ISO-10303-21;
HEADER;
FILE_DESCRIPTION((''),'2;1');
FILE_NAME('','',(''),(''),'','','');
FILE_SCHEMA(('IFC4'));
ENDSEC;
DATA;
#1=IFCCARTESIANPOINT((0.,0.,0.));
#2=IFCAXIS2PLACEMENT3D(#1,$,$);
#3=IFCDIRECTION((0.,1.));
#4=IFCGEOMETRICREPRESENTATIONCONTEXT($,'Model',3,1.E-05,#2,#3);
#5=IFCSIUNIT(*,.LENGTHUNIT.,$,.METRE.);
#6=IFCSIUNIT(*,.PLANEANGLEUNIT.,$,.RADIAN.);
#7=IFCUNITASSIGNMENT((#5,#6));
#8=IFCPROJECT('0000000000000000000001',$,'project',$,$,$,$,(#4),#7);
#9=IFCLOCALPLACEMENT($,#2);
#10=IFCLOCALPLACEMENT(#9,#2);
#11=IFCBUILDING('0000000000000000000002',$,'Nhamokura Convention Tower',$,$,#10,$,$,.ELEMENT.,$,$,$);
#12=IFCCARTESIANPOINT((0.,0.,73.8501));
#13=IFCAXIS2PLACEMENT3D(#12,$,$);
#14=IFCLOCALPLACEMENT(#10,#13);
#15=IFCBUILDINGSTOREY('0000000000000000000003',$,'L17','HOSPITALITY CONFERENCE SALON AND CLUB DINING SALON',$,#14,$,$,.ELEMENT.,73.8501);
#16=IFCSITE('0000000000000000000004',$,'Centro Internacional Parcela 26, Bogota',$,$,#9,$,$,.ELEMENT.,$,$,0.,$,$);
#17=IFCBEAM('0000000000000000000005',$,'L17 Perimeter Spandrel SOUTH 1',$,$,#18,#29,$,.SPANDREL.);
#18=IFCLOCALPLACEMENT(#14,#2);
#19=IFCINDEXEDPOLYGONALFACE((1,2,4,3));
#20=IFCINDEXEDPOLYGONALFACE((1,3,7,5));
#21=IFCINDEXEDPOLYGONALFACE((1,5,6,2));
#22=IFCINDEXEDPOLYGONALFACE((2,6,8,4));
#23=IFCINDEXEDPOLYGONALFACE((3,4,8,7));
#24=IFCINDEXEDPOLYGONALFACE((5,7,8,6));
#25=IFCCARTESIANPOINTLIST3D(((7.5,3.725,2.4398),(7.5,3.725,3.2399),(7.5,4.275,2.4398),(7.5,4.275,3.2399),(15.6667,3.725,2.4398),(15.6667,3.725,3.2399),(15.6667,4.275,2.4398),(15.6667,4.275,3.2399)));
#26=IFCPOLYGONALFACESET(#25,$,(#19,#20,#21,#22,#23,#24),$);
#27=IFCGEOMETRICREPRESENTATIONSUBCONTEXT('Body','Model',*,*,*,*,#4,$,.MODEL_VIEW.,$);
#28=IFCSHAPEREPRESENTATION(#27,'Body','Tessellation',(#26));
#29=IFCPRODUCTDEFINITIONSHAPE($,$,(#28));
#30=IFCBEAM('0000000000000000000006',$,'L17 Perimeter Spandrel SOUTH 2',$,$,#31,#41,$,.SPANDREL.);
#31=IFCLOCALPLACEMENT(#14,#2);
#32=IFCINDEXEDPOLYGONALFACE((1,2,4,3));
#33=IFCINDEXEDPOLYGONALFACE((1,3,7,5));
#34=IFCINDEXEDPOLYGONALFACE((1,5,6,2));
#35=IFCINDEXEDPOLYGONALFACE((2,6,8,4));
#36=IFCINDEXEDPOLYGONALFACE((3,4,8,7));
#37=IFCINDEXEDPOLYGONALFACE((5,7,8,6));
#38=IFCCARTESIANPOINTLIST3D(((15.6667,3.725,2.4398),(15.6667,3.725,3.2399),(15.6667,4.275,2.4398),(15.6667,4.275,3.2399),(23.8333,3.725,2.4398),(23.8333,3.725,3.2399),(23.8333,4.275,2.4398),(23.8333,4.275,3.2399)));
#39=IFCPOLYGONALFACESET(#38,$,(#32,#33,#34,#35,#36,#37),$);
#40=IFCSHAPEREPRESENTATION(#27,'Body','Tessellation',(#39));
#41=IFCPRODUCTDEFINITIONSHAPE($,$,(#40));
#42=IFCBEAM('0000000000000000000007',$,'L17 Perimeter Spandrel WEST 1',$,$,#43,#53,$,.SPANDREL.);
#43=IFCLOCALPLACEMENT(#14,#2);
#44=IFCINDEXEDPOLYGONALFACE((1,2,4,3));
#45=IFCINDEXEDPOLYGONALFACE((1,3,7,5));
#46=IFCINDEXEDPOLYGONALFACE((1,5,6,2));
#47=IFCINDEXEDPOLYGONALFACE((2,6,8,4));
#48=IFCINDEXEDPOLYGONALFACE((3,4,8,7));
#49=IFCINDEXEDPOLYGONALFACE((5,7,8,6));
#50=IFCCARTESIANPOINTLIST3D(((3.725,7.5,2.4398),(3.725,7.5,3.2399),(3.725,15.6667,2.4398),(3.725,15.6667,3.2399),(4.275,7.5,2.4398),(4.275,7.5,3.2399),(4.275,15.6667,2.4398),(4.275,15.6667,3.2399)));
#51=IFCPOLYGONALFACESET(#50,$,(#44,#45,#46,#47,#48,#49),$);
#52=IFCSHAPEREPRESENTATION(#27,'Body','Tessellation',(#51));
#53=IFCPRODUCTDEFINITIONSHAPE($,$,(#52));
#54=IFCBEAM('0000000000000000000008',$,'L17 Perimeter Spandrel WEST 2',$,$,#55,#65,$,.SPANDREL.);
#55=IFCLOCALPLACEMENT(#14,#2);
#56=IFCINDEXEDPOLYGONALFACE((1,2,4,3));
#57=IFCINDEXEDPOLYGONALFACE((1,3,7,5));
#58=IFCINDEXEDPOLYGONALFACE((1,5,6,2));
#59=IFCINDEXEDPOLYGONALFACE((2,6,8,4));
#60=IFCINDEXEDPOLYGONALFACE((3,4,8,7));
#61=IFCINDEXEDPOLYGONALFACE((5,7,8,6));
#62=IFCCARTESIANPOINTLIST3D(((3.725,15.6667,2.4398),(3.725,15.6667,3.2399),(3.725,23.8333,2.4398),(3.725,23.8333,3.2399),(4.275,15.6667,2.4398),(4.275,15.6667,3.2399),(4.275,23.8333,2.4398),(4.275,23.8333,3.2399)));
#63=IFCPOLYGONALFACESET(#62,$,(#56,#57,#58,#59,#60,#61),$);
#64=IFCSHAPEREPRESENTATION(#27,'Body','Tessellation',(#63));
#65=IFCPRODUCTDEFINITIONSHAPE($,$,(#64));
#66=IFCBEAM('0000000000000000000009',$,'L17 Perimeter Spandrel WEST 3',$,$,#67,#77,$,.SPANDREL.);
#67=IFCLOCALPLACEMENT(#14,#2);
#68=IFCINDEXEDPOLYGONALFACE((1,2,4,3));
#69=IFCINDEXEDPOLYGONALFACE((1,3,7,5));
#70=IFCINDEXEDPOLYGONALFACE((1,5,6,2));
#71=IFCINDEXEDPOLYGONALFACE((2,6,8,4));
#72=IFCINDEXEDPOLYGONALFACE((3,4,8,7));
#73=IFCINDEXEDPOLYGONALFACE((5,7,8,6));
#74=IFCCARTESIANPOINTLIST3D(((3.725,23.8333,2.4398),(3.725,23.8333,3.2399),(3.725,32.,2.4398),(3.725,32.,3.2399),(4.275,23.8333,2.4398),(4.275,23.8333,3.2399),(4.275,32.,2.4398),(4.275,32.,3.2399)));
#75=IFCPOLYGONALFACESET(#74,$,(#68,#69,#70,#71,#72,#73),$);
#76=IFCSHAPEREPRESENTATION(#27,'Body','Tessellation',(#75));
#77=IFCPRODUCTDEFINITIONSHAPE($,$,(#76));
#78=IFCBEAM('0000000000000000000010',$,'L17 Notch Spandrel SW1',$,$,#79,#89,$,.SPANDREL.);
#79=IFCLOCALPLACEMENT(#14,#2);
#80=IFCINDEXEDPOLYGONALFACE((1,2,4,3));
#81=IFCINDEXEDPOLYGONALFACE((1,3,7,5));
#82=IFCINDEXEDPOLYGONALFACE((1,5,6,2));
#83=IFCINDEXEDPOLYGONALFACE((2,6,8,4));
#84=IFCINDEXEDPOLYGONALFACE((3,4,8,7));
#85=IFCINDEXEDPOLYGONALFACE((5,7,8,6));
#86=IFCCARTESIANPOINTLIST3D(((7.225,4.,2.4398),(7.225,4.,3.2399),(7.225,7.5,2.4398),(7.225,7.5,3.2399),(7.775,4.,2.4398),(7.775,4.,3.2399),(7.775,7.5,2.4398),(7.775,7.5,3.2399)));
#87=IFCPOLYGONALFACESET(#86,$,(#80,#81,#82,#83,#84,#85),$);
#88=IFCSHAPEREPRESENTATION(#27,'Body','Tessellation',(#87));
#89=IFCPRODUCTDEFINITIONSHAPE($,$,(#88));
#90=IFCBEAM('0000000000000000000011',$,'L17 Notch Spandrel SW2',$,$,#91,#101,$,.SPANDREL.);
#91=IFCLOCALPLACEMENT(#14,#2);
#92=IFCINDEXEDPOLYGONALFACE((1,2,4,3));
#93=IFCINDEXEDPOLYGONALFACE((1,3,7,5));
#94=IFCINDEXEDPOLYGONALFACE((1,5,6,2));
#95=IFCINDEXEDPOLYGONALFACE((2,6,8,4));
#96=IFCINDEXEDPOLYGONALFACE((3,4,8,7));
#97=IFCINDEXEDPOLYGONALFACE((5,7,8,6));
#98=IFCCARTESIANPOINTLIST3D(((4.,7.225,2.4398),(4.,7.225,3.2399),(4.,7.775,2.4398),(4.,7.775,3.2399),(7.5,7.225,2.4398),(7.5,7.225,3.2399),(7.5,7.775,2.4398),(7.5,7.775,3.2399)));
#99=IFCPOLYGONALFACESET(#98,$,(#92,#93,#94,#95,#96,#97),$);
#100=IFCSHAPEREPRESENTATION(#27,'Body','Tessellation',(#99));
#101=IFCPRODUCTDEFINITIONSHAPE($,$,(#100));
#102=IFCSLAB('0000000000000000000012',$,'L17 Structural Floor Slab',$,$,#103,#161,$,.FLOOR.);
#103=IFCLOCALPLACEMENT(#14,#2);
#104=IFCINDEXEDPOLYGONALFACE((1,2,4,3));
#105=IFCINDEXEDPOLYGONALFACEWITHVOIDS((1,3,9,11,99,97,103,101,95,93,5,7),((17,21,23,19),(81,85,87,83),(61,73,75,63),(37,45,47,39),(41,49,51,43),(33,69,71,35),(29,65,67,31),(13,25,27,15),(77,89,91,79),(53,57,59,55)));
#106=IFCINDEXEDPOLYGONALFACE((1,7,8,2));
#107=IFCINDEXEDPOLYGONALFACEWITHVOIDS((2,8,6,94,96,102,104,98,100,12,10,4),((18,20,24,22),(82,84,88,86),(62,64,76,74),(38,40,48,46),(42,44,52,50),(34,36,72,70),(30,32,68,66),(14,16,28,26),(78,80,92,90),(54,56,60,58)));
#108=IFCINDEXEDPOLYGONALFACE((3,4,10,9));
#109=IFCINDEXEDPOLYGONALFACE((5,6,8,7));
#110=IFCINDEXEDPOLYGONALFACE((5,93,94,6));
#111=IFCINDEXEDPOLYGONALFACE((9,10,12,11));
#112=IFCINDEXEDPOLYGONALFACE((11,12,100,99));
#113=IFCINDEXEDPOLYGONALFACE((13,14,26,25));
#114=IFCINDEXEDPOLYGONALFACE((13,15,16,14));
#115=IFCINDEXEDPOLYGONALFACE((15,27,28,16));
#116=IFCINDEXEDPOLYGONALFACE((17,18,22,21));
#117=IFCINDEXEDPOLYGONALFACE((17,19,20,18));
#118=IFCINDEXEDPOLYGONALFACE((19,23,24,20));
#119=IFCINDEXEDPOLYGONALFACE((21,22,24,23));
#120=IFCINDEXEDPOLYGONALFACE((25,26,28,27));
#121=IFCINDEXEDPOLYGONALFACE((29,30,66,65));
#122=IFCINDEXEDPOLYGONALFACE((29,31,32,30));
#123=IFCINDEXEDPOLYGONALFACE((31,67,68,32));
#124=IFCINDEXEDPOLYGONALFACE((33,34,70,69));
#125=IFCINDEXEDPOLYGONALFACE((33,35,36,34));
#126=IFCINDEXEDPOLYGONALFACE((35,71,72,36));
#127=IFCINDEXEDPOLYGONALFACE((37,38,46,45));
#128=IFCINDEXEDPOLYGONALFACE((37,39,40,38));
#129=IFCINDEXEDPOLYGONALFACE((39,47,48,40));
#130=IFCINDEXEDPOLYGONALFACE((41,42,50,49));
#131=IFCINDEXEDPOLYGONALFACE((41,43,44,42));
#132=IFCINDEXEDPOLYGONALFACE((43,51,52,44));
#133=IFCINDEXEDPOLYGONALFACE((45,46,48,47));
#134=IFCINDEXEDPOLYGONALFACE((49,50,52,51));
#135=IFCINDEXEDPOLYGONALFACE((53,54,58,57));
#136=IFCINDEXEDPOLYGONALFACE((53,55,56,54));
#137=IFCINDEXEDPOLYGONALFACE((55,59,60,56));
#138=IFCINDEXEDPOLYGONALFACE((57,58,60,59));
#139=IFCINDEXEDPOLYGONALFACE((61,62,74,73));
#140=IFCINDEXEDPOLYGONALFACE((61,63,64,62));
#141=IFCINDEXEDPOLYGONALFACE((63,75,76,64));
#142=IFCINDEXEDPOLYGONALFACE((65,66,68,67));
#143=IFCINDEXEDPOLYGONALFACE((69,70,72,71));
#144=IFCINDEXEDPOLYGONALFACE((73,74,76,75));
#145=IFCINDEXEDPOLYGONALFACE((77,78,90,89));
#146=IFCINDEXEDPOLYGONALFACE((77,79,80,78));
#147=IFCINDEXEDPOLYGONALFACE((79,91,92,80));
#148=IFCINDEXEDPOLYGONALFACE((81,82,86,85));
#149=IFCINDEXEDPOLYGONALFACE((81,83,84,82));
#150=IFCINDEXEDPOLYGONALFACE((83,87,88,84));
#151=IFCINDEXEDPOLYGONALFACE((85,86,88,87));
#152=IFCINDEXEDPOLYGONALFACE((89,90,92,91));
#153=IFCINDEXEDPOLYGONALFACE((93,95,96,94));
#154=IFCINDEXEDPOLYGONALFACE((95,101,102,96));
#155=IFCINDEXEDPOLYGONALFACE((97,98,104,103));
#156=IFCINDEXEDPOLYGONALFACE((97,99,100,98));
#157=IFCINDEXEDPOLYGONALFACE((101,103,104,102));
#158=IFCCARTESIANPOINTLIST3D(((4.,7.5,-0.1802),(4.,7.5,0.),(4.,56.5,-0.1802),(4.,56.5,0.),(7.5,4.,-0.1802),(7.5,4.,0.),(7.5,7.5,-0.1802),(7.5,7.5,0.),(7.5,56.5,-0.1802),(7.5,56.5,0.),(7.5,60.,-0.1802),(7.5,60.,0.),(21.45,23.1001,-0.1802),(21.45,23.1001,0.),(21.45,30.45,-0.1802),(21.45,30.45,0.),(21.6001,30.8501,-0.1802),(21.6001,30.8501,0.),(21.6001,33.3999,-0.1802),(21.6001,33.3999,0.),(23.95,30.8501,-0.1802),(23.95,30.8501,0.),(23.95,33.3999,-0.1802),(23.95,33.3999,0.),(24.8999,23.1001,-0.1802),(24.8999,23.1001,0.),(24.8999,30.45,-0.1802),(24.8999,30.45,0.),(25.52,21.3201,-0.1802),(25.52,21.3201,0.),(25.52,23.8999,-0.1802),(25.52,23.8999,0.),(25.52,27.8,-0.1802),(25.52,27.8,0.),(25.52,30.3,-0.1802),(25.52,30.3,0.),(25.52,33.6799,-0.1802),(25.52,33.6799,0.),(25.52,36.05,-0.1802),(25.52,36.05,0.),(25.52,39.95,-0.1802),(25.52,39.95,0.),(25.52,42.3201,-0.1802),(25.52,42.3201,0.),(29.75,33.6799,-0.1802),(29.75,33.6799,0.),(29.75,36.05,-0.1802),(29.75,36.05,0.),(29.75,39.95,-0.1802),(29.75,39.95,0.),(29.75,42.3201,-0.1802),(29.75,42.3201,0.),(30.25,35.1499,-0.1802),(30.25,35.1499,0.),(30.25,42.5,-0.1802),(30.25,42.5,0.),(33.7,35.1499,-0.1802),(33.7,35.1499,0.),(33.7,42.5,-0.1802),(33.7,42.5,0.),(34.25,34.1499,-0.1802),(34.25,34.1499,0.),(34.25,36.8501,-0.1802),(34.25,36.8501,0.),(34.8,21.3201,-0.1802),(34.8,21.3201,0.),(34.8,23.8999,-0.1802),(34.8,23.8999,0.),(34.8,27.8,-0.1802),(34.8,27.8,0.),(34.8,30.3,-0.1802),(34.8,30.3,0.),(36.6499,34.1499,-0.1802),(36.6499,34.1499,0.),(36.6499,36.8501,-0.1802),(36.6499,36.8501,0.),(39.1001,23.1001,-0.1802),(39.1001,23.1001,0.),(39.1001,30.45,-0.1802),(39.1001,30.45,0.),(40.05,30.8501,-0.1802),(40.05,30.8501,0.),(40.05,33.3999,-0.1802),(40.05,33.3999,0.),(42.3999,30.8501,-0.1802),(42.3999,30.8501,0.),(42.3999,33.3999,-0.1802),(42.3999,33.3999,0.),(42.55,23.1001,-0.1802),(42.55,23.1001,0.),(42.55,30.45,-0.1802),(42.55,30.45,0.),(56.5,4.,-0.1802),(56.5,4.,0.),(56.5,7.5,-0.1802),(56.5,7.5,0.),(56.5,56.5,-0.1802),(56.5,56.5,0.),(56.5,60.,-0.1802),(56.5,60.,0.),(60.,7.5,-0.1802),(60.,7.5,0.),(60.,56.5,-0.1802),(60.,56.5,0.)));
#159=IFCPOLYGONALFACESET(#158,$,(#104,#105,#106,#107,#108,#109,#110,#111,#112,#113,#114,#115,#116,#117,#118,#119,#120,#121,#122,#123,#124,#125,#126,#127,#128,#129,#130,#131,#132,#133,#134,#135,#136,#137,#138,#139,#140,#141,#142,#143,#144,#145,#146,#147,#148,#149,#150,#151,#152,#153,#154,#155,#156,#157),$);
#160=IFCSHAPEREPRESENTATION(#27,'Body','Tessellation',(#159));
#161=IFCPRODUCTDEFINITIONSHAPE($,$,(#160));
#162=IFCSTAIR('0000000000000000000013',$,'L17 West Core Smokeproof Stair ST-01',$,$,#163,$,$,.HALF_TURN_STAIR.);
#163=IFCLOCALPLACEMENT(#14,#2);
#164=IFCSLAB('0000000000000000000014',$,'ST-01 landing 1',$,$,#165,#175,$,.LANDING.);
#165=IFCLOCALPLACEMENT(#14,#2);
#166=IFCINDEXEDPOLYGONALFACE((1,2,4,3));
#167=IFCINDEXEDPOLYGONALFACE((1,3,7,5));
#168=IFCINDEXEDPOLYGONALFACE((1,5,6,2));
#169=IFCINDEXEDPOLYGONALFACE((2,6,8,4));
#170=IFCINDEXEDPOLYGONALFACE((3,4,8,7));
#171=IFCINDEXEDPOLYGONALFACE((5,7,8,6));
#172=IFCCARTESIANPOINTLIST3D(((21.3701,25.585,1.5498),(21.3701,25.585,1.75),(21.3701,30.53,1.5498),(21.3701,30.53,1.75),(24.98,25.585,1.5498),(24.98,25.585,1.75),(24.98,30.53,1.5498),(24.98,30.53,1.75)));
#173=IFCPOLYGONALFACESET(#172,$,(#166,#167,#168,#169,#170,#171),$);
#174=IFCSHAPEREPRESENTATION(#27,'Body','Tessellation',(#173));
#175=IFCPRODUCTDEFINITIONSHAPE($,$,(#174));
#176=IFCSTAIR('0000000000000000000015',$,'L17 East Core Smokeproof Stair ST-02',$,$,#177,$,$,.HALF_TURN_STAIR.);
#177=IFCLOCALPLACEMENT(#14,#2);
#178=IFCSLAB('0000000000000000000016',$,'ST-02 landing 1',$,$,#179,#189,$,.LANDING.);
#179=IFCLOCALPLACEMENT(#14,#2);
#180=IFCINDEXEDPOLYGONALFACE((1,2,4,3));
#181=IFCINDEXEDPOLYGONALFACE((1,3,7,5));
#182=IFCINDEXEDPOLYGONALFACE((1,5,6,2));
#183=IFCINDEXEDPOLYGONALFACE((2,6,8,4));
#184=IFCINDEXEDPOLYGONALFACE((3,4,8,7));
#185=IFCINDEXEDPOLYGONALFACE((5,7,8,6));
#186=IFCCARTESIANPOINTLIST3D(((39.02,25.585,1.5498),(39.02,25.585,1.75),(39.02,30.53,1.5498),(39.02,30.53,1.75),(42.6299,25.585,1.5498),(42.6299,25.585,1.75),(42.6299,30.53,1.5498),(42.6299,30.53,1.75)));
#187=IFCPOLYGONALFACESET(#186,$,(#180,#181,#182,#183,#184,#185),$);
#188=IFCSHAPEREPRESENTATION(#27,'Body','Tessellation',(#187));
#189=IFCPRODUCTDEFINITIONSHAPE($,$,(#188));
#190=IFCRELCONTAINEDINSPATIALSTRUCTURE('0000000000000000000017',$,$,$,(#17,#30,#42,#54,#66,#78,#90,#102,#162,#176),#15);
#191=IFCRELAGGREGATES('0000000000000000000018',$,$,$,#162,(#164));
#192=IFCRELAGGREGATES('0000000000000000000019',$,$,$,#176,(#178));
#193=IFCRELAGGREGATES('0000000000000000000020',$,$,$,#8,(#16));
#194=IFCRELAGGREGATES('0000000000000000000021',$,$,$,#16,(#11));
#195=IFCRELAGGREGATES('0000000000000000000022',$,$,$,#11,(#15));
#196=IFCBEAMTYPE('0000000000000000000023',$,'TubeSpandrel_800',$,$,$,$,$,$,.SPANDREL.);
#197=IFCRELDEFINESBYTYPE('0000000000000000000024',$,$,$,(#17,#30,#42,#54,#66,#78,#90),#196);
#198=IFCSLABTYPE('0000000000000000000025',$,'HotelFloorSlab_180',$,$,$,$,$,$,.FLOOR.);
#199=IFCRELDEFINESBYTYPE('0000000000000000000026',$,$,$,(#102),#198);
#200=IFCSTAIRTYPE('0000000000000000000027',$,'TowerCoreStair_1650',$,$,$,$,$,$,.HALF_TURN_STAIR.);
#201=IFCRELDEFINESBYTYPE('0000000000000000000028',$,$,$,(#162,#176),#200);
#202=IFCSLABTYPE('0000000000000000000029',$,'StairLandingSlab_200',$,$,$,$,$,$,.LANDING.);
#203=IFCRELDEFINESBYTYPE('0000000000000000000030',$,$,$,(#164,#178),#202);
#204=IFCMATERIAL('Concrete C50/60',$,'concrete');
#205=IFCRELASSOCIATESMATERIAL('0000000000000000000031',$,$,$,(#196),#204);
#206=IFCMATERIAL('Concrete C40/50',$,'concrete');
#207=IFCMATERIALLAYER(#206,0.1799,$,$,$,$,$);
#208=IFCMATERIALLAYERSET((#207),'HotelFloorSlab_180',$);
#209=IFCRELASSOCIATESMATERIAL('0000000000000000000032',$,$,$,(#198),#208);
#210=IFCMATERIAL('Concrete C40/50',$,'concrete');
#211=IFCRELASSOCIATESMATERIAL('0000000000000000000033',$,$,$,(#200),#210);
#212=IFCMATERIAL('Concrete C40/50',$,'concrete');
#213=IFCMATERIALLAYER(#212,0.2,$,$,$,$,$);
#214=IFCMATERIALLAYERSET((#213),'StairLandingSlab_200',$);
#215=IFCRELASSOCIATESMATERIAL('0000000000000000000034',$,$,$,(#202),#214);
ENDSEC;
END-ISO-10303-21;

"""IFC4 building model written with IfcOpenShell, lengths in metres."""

from ifc_helpers import new_model, si_unit, direction, frame, origin, origin_2d, place, context, subcontext, project, spatial, polyline, rectangle, outline, extrude, material, layer, layer_set, material_profile, profile_set, type_object, element, aggregate, save


model = new_model("IFC4")

# Units and contexts
model_context = context("Model", 3, precision=1e-05, world=origin(), true_north=direction((0.0, 1.0)))
body_context = subcontext(model_context, "Body", "Model", "MODEL_VIEW")
ifc_project = project(units=[si_unit("LENGTHUNIT", "METRE"), si_unit("PLANEANGLEUNIT", "RADIAN")], contexts=[model_context])

# Site, building, storey
site_placement = place(None, origin())
site = spatial("IfcSite", under=ifc_project, at=site_placement, Name="Centro Internacional Parcela 26, Bogota", CompositionType="ELEMENT", RefElevation=0.0)
building_placement = place(site_placement, origin())
building = spatial("IfcBuilding", under=site, at=building_placement, Name="Nhamokura Convention Tower", CompositionType="ELEMENT")
storey_placement = place(building_placement, frame((0.0, 0.0, 73.8501)))
storey = spatial("IfcBuildingStorey", under=building, at=storey_placement, Name="L17", Description="HOSPITALITY CONFERENCE SALON AND CLUB DINING SALON", CompositionType="ELEMENT", Elevation=73.8501)

# Beams
ifc_material_1 = material(Name="Concrete C50/60", Category="concrete")
ifc_material_profile_1 = material_profile(ifc_material_1, rectangle(XDim=0.55, YDim=0.8, at=origin_2d()))
ifc_profile_set_1 = profile_set([ifc_material_profile_1], Name="Concrete C50/60")
beam_type_1 = type_object("IfcBeamType", Name="TubeSpandrel_800", PredefinedType="SPANDREL", material=ifc_profile_set_1)
beam_1_placement = place(storey_placement, frame((7.5, 4.0, 2.8398), z_axis=(1.0, 0.0, 0.0), x_axis=(0.0, 1.0, 0.0)))
element("IfcBeam", 1, at=beam_1_placement, inside=storey, type_object=beam_type_1, Name="L17 Perimeter Spandrel SOUTH 1", PredefinedType="SPANDREL", context=body_context, shape_type="SweptSolid", body=[
    extrude(rectangle(XDim=0.55, YDim=0.8, at=origin_2d()), origin(), (0.0, 0.0, 1.0), 8.1667),
])
beam_2_placement = place(storey_placement, frame((15.6667, 4.0, 2.8398), z_axis=(1.0, 0.0, 0.0), x_axis=(0.0, 1.0, 0.0)))
element("IfcBeam", 2, at=beam_2_placement, inside=storey, type_object=beam_type_1, Name="L17 Perimeter Spandrel SOUTH 2", PredefinedType="SPANDREL", context=body_context, shape_type="SweptSolid", body=[
    extrude(rectangle(XDim=0.55, YDim=0.8, at=origin_2d()), origin(), (0.0, 0.0, 1.0), 8.1665),
])
beam_3_placement = place(storey_placement, frame((4.0, 7.5, 2.8398), z_axis=(0.0, 1.0, 0.0), x_axis=(-1.0, 0.0, 0.0)))
element("IfcBeam", 3, at=beam_3_placement, inside=storey, type_object=beam_type_1, Name="L17 Perimeter Spandrel WEST 1", PredefinedType="SPANDREL", context=body_context, shape_type="SweptSolid", body=[
    extrude(rectangle(XDim=0.55, YDim=0.8, at=origin_2d()), origin(), (0.0, 0.0, 1.0), 8.1667),
])
beam_4_placement = place(storey_placement, frame((4.0, 15.6667, 2.8398), z_axis=(0.0, 1.0, 0.0), x_axis=(-1.0, 0.0, 0.0)))
element("IfcBeam", 4, at=beam_4_placement, inside=storey, type_object=beam_type_1, Name="L17 Perimeter Spandrel WEST 2", PredefinedType="SPANDREL", context=body_context, shape_type="SweptSolid", body=[
    extrude(rectangle(XDim=0.55, YDim=0.8, at=origin_2d()), origin(), (0.0, 0.0, 1.0), 8.1665),
])
beam_5_placement = place(storey_placement, frame((4.0, 23.8333, 2.8398), z_axis=(0.0, 1.0, 0.0), x_axis=(-1.0, 0.0, 0.0)))
element("IfcBeam", 5, at=beam_5_placement, inside=storey, type_object=beam_type_1, Name="L17 Perimeter Spandrel WEST 3", PredefinedType="SPANDREL", context=body_context, shape_type="SweptSolid", body=[
    extrude(rectangle(XDim=0.55, YDim=0.8, at=origin_2d()), origin(), (0.0, 0.0, 1.0), 8.1667),
])
for number, where, z_axis, x_axis, name in (
    (6, (7.5, 4.0, 2.8398), (0.0, 1.0, 0.0), (-1.0, 0.0, 0.0), "L17 Notch Spandrel SW1"),
    (7, (7.5, 7.5, 2.8398), (-1.0, 0.0, 0.0), (0.0, -1.0, 0.0), "L17 Notch Spandrel SW2"),
):
    element("IfcBeam", number, at=place(storey_placement, frame(where, z_axis=z_axis, x_axis=x_axis)), inside=storey, type_object=beam_type_1, Name=name, PredefinedType="SPANDREL", context=body_context, shape_type="SweptSolid", body=[
        extrude(rectangle(XDim=0.55, YDim=0.8, at=origin_2d()), origin(), (0.0, 0.0, 1.0), 3.5),
    ])

# Slab
ifc_material_2 = material(Name="Concrete C40/50", Category="concrete")
ifc_layer_1 = layer(ifc_material_2, 0.1799)
ifc_layer_set_1 = layer_set([ifc_layer_1], Name="HotelFloorSlab_180")
slab_type_1 = type_object("IfcSlabType", Name="HotelFloorSlab_180", PredefinedType="FLOOR", material=ifc_layer_set_1)
slab_1_placement = place(storey_placement, frame((0.0, 0.0, -0.1802)))
element("IfcSlab", 8, at=slab_1_placement, inside=storey, type_object=slab_type_1, Name="L17 Structural Floor Slab", PredefinedType="FLOOR", context=body_context, shape_type="SweptSolid", body=[
    extrude(outline(polyline([(7.5, 4.0), (56.5, 4.0), (56.5, 7.5), (60.0, 7.5), (60.0, 56.5), (56.5, 56.5), (56.5, 60.0), (7.5, 60.0), (7.5, 56.5), (4.0, 56.5), (4.0, 7.5), (7.5, 7.5), (7.5, 4.0)]), holes=[polyline([(24.8999, 23.1001), (24.8999, 30.45), (21.45, 30.45), (21.45, 23.1001), (24.8999, 23.1001)]), polyline([(42.55, 23.1001), (42.55, 30.45), (39.1001, 30.45), (39.1001, 23.1001), (42.55, 23.1001)]), polyline([(33.7, 35.1499), (33.7, 42.5), (30.25, 42.5), (30.25, 35.1499), (33.7, 35.1499)]), polyline([(21.6001, 30.8501), (23.95, 30.8501), (23.95, 33.3999), (21.6001, 33.3999), (21.6001, 30.8501)]), polyline([(40.05, 30.8501), (42.3999, 30.8501), (42.3999, 33.3999), (40.05, 33.3999), (40.05, 30.8501)]), polyline([(34.25, 34.1499), (36.6499, 34.1499), (36.6499, 36.8501), (34.25, 36.8501), (34.25, 34.1499)]), polyline([(25.52, 21.3201), (34.8, 21.3201), (34.8, 23.8999), (25.52, 23.8999), (25.52, 21.3201)]), polyline([(25.52, 27.8), (34.8, 27.8), (34.8, 30.3), (25.52, 30.3), (25.52, 27.8)]), polyline([(25.52, 33.6799), (29.75, 33.6799), (29.75, 36.05), (25.52, 36.05), (25.52, 33.6799)]), polyline([(25.52, 39.95), (29.75, 39.95), (29.75, 42.3201), (25.52, 42.3201), (25.52, 39.95)])]), origin(), (0.0, 0.0, 1.0), 0.1802),
])

# Stairs, slabs
ifc_material_3 = material(Name="Concrete C40/50", Category="concrete")
stair_type = type_object("IfcStairType", Name="TowerCoreStair_1650", PredefinedType="HALF_TURN_STAIR", material=ifc_material_3)
stair_1_placement = place(storey_placement, origin())
stair_1 = element("IfcStair", 9, at=stair_1_placement, inside=storey, type_object=stair_type, Name="L17 West Core Smokeproof Stair ST-01", PredefinedType="HALF_TURN_STAIR")
ifc_material_4 = material(Name="Concrete C40/50", Category="concrete")
ifc_layer_2 = layer(ifc_material_4, 0.2)
ifc_layer_set_2 = layer_set([ifc_layer_2], Name="StairLandingSlab_200")
slab_type_2 = type_object("IfcSlabType", Name="StairLandingSlab_200", PredefinedType="LANDING", material=ifc_layer_set_2)
slab_2_placement = place(storey_placement, frame((0.0, 0.0, 1.5498)))
slab_2 = element("IfcSlab", 10, at=slab_2_placement, type_object=slab_type_2, Name="ST-01 landing 1", PredefinedType="LANDING", context=body_context, shape_type="SweptSolid", body=[
    extrude(outline(polyline([(24.98, 25.585), (24.98, 30.53), (21.3701, 30.53), (21.3701, 25.585), (24.98, 25.585)])), origin(), (0.0, 0.0, 1.0), 0.2002),
])
aggregate(stair_1, [slab_2])
stair_2_placement = place(storey_placement, origin())
stair_2 = element("IfcStair", 11, at=stair_2_placement, inside=storey, type_object=stair_type, Name="L17 East Core Smokeproof Stair ST-02", PredefinedType="HALF_TURN_STAIR")
slab_3_placement = place(storey_placement, frame((0.0, 0.0, 1.5498)))
slab_3 = element("IfcSlab", 12, at=slab_3_placement, type_object=slab_type_2, Name="ST-02 landing 1", PredefinedType="LANDING", context=body_context, shape_type="SweptSolid", body=[
    extrude(outline(polyline([(42.6299, 25.585), (42.6299, 30.53), (39.02, 30.53), (39.02, 25.585), (42.6299, 25.585)])), origin(), (0.0, 0.0, 1.0), 0.2002),
])
aggregate(stair_2, [slab_3])

save(model, "model.ifc")
